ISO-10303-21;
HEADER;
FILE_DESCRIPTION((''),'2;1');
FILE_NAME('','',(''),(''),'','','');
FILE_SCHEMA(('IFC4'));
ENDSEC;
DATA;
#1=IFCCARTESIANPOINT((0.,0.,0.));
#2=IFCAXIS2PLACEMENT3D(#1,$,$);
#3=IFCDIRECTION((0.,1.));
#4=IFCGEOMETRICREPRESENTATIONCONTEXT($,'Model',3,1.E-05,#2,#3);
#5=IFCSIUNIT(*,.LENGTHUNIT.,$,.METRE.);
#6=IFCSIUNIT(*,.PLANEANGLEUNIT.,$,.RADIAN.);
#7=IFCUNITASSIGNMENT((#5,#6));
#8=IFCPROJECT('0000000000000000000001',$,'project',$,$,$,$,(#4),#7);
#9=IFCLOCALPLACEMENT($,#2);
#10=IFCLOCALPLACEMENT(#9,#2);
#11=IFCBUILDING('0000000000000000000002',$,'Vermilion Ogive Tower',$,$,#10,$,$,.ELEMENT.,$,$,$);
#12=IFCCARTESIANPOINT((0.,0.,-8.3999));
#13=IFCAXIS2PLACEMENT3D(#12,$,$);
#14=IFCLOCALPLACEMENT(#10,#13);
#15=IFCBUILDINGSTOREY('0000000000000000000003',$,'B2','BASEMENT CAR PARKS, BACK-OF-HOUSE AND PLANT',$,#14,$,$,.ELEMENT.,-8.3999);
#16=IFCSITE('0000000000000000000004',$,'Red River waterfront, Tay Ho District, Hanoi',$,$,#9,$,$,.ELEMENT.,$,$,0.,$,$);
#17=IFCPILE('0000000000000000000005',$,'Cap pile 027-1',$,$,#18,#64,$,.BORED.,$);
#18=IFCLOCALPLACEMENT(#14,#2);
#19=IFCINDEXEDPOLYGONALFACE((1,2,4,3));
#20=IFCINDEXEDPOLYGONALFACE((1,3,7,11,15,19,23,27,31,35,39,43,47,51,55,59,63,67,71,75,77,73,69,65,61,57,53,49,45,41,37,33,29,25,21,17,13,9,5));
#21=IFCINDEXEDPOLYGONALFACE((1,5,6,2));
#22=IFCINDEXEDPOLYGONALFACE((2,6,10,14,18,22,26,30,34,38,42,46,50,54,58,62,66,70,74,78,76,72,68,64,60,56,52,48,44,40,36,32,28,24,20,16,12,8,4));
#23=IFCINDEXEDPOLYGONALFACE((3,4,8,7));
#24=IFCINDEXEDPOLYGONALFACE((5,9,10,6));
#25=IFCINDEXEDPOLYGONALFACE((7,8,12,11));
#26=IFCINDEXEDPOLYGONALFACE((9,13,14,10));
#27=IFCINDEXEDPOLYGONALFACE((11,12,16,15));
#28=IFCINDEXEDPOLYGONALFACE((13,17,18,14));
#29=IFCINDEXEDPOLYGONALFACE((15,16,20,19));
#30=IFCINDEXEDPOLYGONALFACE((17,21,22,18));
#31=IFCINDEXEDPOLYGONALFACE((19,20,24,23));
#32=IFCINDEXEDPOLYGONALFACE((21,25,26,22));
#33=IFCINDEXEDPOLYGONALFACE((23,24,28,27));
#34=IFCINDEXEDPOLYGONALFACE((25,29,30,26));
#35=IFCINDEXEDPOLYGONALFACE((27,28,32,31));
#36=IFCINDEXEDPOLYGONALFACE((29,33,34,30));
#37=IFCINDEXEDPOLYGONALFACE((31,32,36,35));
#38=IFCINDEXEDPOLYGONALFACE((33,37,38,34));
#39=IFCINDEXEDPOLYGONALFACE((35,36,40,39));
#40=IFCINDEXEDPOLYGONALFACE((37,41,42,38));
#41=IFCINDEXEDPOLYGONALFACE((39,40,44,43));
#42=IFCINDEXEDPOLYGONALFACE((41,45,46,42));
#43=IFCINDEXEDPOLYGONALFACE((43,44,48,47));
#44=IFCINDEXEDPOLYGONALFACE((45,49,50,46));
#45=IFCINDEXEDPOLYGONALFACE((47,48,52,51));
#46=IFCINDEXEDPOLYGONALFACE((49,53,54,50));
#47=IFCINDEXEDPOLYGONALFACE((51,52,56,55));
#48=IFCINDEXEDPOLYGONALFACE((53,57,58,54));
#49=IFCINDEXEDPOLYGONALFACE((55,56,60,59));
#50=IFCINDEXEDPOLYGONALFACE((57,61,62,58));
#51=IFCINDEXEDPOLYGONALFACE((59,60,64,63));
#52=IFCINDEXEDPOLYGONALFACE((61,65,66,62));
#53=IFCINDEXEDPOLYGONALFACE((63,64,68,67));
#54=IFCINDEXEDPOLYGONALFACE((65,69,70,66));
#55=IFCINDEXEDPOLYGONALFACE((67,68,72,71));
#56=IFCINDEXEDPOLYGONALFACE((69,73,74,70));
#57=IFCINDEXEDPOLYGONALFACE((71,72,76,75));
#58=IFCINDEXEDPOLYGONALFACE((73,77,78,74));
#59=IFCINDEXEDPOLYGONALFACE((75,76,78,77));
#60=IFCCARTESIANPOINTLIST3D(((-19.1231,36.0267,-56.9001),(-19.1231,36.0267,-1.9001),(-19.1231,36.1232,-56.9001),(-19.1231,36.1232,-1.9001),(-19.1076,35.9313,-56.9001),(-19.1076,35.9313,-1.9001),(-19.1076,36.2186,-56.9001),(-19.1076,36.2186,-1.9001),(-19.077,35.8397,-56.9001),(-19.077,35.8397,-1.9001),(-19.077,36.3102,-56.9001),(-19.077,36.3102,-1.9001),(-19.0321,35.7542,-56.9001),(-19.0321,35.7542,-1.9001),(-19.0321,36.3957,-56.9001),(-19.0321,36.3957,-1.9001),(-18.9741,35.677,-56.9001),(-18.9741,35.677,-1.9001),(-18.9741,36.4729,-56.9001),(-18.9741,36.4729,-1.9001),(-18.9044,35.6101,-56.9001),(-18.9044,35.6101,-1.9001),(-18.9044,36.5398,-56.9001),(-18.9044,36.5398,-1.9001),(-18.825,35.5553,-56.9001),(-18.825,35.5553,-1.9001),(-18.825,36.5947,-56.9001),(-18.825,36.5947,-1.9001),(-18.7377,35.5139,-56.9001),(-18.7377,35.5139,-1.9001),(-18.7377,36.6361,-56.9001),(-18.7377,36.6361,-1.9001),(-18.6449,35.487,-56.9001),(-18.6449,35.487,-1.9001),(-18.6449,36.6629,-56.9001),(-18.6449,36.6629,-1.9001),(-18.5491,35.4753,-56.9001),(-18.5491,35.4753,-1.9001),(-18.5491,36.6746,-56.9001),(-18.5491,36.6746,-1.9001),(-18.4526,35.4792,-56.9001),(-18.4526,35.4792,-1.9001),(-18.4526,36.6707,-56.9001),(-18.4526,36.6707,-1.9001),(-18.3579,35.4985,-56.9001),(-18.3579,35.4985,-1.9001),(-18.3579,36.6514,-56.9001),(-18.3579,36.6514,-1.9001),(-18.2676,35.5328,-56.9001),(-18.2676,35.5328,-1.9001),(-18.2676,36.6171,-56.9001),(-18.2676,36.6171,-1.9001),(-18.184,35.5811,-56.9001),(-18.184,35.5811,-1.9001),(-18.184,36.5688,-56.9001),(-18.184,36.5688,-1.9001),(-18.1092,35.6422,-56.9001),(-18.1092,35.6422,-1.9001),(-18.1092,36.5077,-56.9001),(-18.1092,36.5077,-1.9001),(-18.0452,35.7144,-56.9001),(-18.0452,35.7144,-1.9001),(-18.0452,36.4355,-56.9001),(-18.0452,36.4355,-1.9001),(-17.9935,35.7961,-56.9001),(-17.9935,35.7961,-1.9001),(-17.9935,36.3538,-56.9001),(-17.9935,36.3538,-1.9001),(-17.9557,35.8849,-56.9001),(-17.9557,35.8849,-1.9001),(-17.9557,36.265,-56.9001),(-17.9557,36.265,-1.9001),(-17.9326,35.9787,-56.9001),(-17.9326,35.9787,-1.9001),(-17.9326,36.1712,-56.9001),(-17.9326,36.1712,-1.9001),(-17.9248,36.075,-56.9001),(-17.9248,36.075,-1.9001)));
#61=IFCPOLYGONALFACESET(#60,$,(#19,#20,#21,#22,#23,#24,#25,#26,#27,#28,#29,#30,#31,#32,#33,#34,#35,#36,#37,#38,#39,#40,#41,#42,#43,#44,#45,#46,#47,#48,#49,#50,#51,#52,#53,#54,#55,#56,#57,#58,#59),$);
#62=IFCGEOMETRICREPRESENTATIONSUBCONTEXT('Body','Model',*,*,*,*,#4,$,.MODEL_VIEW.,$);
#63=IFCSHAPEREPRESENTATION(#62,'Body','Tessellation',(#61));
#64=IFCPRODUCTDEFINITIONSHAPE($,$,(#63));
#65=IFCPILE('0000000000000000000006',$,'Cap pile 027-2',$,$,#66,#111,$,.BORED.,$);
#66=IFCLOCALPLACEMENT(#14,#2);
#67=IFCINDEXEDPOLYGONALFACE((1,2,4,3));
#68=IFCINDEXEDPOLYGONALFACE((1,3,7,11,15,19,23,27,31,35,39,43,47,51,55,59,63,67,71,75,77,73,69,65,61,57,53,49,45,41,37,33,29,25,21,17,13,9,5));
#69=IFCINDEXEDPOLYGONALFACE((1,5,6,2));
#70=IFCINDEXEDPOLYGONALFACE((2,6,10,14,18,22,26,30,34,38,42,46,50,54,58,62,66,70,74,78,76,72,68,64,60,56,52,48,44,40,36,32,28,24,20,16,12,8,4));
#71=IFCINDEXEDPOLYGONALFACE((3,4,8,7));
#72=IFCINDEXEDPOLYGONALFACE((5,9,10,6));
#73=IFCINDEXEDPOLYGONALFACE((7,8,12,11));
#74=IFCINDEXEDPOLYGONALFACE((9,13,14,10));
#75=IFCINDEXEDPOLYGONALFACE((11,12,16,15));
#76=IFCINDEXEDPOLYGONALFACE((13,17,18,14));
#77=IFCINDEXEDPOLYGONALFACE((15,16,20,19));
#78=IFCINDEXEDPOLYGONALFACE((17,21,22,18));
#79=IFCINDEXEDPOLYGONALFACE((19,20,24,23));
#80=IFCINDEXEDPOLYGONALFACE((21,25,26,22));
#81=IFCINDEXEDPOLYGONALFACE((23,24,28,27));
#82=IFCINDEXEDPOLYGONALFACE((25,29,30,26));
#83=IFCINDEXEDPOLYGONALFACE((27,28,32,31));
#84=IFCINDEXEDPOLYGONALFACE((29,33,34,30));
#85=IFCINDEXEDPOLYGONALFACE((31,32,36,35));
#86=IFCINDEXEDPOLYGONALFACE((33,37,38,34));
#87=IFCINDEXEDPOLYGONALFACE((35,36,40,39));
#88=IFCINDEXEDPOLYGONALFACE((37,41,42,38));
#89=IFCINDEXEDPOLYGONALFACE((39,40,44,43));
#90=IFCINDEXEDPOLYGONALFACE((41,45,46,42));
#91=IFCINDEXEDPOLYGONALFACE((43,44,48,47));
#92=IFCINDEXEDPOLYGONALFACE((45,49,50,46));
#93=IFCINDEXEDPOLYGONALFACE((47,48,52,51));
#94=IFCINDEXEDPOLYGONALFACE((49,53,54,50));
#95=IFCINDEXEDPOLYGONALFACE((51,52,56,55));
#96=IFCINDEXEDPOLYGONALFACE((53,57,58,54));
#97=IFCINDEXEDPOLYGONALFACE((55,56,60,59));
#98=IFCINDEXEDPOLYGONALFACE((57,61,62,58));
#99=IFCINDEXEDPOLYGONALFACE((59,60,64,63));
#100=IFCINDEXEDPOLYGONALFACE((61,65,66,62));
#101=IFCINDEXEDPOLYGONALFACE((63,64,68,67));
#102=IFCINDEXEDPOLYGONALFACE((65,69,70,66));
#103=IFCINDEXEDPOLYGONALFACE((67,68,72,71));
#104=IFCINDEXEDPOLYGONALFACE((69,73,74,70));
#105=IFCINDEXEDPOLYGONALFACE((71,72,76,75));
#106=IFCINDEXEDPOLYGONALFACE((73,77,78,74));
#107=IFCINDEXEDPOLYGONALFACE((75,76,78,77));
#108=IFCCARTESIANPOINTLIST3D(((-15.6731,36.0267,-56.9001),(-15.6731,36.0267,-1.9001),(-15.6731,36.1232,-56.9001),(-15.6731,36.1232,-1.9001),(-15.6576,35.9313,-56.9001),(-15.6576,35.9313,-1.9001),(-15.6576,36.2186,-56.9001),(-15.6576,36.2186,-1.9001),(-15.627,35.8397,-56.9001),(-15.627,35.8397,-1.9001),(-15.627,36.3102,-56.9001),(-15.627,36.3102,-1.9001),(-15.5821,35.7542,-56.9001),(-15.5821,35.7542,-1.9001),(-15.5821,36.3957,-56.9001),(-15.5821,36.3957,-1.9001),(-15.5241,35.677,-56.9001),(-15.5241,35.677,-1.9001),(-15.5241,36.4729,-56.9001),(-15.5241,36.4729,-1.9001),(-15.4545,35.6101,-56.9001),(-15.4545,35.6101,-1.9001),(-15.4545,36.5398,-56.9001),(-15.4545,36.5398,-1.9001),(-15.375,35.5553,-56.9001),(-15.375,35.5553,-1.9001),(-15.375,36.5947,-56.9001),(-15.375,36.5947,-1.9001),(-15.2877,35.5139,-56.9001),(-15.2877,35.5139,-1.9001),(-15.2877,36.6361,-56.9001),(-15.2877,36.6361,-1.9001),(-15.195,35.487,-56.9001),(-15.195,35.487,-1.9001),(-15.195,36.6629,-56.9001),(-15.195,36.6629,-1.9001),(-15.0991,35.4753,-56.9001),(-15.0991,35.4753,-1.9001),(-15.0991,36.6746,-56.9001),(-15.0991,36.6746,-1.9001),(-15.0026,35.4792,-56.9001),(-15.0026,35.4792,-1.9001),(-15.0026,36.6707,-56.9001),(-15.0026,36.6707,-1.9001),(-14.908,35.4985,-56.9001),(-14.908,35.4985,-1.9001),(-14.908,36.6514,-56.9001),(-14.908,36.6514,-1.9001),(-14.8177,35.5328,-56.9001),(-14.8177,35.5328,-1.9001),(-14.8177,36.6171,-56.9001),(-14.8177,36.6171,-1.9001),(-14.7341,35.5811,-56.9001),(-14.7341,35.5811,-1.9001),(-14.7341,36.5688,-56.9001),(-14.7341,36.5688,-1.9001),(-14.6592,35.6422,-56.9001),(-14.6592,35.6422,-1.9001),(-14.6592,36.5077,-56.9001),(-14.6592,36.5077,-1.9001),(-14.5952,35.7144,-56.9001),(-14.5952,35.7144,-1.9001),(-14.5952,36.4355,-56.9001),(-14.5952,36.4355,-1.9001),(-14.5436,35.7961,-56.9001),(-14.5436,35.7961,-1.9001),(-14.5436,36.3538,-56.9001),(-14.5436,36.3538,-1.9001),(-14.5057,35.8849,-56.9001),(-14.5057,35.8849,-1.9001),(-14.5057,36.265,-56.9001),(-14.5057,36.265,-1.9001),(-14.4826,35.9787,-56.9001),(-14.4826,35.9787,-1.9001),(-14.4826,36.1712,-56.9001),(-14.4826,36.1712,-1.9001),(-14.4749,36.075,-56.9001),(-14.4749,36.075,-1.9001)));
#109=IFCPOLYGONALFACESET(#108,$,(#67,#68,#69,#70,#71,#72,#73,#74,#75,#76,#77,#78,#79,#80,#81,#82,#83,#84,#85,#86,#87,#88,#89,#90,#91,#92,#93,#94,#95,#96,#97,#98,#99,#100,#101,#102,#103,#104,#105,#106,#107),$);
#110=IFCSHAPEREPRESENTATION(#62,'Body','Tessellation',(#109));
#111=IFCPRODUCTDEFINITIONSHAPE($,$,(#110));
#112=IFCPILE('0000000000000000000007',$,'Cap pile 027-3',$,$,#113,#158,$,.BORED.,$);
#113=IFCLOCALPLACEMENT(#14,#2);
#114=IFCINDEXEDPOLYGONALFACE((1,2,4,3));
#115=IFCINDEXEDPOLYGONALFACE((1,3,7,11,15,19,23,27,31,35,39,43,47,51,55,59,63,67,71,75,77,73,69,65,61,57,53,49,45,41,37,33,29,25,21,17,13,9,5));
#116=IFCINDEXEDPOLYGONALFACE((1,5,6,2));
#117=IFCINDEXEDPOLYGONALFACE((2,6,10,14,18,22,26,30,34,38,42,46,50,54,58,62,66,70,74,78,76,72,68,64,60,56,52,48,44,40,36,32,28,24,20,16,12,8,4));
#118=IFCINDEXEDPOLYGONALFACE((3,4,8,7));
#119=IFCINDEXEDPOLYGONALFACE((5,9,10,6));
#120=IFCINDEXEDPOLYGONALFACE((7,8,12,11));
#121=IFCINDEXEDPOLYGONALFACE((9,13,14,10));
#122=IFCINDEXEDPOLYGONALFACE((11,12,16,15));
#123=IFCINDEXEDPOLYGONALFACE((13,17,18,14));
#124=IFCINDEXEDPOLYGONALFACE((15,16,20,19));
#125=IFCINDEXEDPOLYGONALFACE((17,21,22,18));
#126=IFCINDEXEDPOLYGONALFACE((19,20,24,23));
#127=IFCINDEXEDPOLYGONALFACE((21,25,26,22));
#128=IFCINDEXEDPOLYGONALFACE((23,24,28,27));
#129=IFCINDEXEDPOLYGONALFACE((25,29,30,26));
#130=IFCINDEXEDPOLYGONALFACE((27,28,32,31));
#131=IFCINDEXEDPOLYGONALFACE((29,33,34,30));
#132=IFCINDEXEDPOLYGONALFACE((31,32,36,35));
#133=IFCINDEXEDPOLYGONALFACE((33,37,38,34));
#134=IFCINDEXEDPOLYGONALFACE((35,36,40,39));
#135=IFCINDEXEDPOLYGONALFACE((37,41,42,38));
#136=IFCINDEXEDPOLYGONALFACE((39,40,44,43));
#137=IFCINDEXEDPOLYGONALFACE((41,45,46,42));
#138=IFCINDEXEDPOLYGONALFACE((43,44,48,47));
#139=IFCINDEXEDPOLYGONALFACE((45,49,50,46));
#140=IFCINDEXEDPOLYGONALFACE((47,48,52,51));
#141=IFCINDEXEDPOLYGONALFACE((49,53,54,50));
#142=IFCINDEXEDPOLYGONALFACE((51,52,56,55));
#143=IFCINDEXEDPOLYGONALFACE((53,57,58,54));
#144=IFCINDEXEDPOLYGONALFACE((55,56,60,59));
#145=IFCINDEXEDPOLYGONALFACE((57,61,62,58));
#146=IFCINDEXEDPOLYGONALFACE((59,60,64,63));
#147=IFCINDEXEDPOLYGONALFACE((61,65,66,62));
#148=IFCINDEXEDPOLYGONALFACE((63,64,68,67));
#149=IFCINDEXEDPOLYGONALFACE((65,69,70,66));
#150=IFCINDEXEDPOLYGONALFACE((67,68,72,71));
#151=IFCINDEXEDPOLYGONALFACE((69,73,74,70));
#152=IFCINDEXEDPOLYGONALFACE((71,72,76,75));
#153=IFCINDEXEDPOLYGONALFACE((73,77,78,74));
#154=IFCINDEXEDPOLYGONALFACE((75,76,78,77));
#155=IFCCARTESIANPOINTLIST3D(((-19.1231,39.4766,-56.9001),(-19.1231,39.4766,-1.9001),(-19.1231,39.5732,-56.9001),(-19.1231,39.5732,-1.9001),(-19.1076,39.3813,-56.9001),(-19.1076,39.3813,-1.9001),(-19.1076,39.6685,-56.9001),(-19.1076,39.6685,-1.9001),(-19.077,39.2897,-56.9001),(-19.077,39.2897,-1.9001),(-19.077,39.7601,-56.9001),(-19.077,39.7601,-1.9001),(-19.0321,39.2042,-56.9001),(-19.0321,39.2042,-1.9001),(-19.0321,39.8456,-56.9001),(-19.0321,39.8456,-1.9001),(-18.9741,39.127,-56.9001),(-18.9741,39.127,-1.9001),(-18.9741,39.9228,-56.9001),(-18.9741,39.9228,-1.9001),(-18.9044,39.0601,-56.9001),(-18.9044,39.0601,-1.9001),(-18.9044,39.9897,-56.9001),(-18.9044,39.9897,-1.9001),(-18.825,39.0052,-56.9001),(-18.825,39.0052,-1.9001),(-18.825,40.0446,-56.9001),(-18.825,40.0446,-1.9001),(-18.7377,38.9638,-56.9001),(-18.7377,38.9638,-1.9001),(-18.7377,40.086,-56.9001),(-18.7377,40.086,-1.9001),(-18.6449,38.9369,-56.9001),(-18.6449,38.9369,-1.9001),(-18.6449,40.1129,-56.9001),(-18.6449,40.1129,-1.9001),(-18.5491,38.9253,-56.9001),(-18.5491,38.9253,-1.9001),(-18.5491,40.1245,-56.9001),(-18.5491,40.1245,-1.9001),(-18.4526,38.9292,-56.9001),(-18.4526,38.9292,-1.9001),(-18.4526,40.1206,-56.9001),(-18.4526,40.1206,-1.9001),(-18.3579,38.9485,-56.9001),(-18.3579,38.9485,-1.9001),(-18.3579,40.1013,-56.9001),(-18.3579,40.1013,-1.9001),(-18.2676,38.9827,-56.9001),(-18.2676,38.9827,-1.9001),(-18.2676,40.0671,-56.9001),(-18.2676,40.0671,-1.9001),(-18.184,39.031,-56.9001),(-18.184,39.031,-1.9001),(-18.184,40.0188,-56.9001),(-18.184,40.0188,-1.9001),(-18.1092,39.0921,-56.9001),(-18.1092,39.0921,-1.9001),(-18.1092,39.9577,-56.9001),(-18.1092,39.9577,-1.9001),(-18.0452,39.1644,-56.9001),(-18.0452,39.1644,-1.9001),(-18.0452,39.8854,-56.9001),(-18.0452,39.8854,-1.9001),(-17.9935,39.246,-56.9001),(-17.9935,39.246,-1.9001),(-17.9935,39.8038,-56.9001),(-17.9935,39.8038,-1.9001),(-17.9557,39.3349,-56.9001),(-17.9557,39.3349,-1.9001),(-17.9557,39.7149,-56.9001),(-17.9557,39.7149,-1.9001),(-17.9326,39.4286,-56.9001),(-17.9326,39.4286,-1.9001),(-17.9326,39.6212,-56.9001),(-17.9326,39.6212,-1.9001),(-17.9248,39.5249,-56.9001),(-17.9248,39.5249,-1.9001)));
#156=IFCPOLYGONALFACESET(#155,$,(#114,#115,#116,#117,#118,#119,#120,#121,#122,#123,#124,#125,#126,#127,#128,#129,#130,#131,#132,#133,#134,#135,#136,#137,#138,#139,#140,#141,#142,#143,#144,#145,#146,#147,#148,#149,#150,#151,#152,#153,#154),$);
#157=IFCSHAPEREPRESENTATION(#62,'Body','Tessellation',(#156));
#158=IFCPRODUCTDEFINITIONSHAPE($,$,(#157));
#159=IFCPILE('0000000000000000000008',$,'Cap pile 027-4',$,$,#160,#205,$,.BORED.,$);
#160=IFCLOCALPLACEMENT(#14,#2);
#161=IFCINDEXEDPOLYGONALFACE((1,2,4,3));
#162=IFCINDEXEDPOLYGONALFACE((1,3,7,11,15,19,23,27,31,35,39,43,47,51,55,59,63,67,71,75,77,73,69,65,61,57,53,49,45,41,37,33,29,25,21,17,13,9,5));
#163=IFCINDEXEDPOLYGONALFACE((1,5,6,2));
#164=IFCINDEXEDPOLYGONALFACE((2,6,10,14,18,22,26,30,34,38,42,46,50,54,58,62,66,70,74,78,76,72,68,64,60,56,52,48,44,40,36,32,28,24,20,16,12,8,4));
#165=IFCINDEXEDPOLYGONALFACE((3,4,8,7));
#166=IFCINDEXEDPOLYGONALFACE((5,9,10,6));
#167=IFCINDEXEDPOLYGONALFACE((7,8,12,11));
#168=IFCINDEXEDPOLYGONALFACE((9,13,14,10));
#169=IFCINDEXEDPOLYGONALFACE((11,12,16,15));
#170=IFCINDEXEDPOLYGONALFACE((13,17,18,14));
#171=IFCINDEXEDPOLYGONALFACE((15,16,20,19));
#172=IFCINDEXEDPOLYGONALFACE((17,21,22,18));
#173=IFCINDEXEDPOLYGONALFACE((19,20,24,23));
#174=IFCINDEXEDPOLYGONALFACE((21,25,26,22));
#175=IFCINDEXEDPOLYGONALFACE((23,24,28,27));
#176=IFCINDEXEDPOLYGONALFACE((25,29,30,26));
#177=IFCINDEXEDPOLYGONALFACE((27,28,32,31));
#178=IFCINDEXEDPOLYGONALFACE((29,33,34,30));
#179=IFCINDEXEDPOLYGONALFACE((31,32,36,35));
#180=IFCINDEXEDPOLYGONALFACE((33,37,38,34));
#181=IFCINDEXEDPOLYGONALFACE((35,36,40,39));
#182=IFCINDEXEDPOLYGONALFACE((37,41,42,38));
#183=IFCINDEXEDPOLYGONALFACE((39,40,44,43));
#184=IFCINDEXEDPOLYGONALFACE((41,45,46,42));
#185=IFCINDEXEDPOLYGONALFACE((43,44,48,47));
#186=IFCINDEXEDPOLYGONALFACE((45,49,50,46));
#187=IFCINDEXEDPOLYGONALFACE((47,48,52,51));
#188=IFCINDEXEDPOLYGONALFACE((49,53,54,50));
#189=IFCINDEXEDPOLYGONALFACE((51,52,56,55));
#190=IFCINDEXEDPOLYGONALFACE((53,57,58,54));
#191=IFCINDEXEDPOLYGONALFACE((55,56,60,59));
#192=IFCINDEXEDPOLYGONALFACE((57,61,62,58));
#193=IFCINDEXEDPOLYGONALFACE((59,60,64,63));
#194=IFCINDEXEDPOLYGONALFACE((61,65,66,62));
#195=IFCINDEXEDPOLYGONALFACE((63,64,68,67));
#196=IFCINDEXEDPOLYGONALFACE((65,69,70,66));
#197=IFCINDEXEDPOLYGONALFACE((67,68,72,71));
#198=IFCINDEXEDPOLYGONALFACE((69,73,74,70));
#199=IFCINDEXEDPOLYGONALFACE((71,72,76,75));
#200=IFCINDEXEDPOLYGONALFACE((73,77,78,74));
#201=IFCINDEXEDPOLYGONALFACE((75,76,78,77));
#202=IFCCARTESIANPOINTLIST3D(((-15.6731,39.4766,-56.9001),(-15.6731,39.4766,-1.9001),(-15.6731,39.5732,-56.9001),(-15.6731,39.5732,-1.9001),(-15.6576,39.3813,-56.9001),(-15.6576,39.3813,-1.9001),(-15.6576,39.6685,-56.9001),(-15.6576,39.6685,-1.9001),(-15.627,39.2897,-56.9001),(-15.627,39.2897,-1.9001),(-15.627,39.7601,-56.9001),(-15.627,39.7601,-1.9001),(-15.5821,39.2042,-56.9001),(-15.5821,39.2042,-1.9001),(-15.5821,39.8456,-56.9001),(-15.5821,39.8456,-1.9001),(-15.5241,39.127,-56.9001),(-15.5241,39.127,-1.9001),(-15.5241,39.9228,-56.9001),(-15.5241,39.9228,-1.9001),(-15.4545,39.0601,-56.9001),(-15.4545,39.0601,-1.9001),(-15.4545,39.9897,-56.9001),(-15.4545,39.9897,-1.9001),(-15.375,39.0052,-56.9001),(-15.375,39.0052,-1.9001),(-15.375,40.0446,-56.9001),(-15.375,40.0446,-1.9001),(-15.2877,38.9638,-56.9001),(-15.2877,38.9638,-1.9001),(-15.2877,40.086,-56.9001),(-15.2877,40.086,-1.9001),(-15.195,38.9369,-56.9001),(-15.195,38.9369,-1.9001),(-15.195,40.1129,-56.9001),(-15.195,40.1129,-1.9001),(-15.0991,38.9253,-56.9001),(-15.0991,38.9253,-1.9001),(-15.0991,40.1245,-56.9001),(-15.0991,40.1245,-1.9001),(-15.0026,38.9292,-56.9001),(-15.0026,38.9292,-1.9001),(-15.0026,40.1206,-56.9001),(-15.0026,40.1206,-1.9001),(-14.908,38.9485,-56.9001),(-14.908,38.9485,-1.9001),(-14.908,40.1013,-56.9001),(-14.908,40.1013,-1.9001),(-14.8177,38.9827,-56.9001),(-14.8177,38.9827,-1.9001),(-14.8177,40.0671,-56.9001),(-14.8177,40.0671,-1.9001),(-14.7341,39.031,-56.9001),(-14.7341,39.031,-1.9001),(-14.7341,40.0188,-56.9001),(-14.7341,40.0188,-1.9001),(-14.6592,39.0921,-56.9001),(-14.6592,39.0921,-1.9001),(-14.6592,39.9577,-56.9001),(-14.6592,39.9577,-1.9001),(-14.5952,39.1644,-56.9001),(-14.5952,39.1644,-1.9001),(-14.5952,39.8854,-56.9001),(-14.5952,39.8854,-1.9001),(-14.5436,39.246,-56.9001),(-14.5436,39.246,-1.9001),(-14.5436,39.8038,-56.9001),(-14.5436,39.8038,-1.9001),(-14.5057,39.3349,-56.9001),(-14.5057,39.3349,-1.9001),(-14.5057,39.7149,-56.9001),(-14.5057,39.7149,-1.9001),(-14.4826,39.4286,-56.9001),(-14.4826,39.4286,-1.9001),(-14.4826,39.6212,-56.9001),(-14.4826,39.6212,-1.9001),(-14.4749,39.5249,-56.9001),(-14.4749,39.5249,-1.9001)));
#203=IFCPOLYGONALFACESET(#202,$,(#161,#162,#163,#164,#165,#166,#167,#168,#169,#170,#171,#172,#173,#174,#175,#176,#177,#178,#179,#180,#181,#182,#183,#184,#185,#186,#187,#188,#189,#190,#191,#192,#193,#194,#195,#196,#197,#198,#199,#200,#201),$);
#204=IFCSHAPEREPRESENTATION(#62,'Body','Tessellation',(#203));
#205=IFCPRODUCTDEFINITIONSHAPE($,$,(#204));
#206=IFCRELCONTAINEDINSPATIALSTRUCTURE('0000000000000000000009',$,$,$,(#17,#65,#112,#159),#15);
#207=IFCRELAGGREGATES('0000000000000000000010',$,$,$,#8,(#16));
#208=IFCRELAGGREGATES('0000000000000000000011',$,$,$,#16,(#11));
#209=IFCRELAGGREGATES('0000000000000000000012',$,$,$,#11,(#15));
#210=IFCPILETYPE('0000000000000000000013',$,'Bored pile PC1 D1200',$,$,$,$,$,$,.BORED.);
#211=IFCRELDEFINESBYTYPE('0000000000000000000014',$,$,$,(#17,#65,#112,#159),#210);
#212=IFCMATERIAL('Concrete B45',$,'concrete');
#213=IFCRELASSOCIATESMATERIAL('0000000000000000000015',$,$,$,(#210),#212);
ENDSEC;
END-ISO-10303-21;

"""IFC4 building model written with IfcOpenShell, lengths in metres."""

from ifc_helpers import new_model, si_unit, direction, frame, origin, origin_2d, place, context, subcontext, project, spatial, circle, extrude, material, type_object, element, save


model = new_model("IFC4")

# Units and contexts
model_context = context("Model", 3, precision=1e-05, world=origin(), true_north=direction((0.0, 1.0)))
body_context = subcontext(model_context, "Body", "Model", "MODEL_VIEW")
ifc_project = project(units=[si_unit("LENGTHUNIT", "METRE"), si_unit("PLANEANGLEUNIT", "RADIAN")], contexts=[model_context])

# Site, building, storey
site_placement = place(None, origin())
site = spatial("IfcSite", under=ifc_project, at=site_placement, Name="Red River waterfront, Tay Ho District, Hanoi", CompositionType="ELEMENT", RefElevation=0.0)
building_placement = place(site_placement, origin())
building = spatial("IfcBuilding", under=site, at=building_placement, Name="Vermilion Ogive Tower", CompositionType="ELEMENT")
storey_placement = place(building_placement, frame((0.0, 0.0, -8.3999)))
storey = spatial("IfcBuildingStorey", under=building, at=storey_placement, Name="B2", Description="BASEMENT CAR PARKS, BACK-OF-HOUSE AND PLANT", CompositionType="ELEMENT", Elevation=-8.3999)

# Piles
ifc_material_1 = material(Name="Concrete B45", Category="concrete")
pile_type_1 = type_object("IfcPileType", Name="Bored pile PC1 D1200", PredefinedType="BORED", material=ifc_material_1)
for number, where, z_axis, x_axis, name in (
    (1, (-18.5249, 36.075, -1.9001), (0.0, 0.0, -1.0), (1.0, 0.0, 0.0), "Cap pile 027-1"),
    (2, (-15.075, 36.075, -1.9001), (0.0, 0.0, -1.0), (1.0, 0.0, 0.0), "Cap pile 027-2"),
    (3, (-18.5249, 39.5249, -1.9001), (0.0, 0.0, -1.0), (1.0, 0.0, 0.0), "Cap pile 027-3"),
    (4, (-15.075, 39.5249, -1.9001), (0.0, 0.0, -1.0), (1.0, 0.0, 0.0), "Cap pile 027-4"),
):
    element("IfcPile", number, at=place(storey_placement, frame(where, z_axis=z_axis, x_axis=x_axis)), inside=storey, type_object=pile_type_1, Name=name, PredefinedType="BORED", context=body_context, shape_type="SweptSolid", body=[
        extrude(circle(Radius=0.6001, at=origin_2d()), origin(), (0.0, 0.0, 1.0), 55.0),
    ])

save(model, "model.ifc")
